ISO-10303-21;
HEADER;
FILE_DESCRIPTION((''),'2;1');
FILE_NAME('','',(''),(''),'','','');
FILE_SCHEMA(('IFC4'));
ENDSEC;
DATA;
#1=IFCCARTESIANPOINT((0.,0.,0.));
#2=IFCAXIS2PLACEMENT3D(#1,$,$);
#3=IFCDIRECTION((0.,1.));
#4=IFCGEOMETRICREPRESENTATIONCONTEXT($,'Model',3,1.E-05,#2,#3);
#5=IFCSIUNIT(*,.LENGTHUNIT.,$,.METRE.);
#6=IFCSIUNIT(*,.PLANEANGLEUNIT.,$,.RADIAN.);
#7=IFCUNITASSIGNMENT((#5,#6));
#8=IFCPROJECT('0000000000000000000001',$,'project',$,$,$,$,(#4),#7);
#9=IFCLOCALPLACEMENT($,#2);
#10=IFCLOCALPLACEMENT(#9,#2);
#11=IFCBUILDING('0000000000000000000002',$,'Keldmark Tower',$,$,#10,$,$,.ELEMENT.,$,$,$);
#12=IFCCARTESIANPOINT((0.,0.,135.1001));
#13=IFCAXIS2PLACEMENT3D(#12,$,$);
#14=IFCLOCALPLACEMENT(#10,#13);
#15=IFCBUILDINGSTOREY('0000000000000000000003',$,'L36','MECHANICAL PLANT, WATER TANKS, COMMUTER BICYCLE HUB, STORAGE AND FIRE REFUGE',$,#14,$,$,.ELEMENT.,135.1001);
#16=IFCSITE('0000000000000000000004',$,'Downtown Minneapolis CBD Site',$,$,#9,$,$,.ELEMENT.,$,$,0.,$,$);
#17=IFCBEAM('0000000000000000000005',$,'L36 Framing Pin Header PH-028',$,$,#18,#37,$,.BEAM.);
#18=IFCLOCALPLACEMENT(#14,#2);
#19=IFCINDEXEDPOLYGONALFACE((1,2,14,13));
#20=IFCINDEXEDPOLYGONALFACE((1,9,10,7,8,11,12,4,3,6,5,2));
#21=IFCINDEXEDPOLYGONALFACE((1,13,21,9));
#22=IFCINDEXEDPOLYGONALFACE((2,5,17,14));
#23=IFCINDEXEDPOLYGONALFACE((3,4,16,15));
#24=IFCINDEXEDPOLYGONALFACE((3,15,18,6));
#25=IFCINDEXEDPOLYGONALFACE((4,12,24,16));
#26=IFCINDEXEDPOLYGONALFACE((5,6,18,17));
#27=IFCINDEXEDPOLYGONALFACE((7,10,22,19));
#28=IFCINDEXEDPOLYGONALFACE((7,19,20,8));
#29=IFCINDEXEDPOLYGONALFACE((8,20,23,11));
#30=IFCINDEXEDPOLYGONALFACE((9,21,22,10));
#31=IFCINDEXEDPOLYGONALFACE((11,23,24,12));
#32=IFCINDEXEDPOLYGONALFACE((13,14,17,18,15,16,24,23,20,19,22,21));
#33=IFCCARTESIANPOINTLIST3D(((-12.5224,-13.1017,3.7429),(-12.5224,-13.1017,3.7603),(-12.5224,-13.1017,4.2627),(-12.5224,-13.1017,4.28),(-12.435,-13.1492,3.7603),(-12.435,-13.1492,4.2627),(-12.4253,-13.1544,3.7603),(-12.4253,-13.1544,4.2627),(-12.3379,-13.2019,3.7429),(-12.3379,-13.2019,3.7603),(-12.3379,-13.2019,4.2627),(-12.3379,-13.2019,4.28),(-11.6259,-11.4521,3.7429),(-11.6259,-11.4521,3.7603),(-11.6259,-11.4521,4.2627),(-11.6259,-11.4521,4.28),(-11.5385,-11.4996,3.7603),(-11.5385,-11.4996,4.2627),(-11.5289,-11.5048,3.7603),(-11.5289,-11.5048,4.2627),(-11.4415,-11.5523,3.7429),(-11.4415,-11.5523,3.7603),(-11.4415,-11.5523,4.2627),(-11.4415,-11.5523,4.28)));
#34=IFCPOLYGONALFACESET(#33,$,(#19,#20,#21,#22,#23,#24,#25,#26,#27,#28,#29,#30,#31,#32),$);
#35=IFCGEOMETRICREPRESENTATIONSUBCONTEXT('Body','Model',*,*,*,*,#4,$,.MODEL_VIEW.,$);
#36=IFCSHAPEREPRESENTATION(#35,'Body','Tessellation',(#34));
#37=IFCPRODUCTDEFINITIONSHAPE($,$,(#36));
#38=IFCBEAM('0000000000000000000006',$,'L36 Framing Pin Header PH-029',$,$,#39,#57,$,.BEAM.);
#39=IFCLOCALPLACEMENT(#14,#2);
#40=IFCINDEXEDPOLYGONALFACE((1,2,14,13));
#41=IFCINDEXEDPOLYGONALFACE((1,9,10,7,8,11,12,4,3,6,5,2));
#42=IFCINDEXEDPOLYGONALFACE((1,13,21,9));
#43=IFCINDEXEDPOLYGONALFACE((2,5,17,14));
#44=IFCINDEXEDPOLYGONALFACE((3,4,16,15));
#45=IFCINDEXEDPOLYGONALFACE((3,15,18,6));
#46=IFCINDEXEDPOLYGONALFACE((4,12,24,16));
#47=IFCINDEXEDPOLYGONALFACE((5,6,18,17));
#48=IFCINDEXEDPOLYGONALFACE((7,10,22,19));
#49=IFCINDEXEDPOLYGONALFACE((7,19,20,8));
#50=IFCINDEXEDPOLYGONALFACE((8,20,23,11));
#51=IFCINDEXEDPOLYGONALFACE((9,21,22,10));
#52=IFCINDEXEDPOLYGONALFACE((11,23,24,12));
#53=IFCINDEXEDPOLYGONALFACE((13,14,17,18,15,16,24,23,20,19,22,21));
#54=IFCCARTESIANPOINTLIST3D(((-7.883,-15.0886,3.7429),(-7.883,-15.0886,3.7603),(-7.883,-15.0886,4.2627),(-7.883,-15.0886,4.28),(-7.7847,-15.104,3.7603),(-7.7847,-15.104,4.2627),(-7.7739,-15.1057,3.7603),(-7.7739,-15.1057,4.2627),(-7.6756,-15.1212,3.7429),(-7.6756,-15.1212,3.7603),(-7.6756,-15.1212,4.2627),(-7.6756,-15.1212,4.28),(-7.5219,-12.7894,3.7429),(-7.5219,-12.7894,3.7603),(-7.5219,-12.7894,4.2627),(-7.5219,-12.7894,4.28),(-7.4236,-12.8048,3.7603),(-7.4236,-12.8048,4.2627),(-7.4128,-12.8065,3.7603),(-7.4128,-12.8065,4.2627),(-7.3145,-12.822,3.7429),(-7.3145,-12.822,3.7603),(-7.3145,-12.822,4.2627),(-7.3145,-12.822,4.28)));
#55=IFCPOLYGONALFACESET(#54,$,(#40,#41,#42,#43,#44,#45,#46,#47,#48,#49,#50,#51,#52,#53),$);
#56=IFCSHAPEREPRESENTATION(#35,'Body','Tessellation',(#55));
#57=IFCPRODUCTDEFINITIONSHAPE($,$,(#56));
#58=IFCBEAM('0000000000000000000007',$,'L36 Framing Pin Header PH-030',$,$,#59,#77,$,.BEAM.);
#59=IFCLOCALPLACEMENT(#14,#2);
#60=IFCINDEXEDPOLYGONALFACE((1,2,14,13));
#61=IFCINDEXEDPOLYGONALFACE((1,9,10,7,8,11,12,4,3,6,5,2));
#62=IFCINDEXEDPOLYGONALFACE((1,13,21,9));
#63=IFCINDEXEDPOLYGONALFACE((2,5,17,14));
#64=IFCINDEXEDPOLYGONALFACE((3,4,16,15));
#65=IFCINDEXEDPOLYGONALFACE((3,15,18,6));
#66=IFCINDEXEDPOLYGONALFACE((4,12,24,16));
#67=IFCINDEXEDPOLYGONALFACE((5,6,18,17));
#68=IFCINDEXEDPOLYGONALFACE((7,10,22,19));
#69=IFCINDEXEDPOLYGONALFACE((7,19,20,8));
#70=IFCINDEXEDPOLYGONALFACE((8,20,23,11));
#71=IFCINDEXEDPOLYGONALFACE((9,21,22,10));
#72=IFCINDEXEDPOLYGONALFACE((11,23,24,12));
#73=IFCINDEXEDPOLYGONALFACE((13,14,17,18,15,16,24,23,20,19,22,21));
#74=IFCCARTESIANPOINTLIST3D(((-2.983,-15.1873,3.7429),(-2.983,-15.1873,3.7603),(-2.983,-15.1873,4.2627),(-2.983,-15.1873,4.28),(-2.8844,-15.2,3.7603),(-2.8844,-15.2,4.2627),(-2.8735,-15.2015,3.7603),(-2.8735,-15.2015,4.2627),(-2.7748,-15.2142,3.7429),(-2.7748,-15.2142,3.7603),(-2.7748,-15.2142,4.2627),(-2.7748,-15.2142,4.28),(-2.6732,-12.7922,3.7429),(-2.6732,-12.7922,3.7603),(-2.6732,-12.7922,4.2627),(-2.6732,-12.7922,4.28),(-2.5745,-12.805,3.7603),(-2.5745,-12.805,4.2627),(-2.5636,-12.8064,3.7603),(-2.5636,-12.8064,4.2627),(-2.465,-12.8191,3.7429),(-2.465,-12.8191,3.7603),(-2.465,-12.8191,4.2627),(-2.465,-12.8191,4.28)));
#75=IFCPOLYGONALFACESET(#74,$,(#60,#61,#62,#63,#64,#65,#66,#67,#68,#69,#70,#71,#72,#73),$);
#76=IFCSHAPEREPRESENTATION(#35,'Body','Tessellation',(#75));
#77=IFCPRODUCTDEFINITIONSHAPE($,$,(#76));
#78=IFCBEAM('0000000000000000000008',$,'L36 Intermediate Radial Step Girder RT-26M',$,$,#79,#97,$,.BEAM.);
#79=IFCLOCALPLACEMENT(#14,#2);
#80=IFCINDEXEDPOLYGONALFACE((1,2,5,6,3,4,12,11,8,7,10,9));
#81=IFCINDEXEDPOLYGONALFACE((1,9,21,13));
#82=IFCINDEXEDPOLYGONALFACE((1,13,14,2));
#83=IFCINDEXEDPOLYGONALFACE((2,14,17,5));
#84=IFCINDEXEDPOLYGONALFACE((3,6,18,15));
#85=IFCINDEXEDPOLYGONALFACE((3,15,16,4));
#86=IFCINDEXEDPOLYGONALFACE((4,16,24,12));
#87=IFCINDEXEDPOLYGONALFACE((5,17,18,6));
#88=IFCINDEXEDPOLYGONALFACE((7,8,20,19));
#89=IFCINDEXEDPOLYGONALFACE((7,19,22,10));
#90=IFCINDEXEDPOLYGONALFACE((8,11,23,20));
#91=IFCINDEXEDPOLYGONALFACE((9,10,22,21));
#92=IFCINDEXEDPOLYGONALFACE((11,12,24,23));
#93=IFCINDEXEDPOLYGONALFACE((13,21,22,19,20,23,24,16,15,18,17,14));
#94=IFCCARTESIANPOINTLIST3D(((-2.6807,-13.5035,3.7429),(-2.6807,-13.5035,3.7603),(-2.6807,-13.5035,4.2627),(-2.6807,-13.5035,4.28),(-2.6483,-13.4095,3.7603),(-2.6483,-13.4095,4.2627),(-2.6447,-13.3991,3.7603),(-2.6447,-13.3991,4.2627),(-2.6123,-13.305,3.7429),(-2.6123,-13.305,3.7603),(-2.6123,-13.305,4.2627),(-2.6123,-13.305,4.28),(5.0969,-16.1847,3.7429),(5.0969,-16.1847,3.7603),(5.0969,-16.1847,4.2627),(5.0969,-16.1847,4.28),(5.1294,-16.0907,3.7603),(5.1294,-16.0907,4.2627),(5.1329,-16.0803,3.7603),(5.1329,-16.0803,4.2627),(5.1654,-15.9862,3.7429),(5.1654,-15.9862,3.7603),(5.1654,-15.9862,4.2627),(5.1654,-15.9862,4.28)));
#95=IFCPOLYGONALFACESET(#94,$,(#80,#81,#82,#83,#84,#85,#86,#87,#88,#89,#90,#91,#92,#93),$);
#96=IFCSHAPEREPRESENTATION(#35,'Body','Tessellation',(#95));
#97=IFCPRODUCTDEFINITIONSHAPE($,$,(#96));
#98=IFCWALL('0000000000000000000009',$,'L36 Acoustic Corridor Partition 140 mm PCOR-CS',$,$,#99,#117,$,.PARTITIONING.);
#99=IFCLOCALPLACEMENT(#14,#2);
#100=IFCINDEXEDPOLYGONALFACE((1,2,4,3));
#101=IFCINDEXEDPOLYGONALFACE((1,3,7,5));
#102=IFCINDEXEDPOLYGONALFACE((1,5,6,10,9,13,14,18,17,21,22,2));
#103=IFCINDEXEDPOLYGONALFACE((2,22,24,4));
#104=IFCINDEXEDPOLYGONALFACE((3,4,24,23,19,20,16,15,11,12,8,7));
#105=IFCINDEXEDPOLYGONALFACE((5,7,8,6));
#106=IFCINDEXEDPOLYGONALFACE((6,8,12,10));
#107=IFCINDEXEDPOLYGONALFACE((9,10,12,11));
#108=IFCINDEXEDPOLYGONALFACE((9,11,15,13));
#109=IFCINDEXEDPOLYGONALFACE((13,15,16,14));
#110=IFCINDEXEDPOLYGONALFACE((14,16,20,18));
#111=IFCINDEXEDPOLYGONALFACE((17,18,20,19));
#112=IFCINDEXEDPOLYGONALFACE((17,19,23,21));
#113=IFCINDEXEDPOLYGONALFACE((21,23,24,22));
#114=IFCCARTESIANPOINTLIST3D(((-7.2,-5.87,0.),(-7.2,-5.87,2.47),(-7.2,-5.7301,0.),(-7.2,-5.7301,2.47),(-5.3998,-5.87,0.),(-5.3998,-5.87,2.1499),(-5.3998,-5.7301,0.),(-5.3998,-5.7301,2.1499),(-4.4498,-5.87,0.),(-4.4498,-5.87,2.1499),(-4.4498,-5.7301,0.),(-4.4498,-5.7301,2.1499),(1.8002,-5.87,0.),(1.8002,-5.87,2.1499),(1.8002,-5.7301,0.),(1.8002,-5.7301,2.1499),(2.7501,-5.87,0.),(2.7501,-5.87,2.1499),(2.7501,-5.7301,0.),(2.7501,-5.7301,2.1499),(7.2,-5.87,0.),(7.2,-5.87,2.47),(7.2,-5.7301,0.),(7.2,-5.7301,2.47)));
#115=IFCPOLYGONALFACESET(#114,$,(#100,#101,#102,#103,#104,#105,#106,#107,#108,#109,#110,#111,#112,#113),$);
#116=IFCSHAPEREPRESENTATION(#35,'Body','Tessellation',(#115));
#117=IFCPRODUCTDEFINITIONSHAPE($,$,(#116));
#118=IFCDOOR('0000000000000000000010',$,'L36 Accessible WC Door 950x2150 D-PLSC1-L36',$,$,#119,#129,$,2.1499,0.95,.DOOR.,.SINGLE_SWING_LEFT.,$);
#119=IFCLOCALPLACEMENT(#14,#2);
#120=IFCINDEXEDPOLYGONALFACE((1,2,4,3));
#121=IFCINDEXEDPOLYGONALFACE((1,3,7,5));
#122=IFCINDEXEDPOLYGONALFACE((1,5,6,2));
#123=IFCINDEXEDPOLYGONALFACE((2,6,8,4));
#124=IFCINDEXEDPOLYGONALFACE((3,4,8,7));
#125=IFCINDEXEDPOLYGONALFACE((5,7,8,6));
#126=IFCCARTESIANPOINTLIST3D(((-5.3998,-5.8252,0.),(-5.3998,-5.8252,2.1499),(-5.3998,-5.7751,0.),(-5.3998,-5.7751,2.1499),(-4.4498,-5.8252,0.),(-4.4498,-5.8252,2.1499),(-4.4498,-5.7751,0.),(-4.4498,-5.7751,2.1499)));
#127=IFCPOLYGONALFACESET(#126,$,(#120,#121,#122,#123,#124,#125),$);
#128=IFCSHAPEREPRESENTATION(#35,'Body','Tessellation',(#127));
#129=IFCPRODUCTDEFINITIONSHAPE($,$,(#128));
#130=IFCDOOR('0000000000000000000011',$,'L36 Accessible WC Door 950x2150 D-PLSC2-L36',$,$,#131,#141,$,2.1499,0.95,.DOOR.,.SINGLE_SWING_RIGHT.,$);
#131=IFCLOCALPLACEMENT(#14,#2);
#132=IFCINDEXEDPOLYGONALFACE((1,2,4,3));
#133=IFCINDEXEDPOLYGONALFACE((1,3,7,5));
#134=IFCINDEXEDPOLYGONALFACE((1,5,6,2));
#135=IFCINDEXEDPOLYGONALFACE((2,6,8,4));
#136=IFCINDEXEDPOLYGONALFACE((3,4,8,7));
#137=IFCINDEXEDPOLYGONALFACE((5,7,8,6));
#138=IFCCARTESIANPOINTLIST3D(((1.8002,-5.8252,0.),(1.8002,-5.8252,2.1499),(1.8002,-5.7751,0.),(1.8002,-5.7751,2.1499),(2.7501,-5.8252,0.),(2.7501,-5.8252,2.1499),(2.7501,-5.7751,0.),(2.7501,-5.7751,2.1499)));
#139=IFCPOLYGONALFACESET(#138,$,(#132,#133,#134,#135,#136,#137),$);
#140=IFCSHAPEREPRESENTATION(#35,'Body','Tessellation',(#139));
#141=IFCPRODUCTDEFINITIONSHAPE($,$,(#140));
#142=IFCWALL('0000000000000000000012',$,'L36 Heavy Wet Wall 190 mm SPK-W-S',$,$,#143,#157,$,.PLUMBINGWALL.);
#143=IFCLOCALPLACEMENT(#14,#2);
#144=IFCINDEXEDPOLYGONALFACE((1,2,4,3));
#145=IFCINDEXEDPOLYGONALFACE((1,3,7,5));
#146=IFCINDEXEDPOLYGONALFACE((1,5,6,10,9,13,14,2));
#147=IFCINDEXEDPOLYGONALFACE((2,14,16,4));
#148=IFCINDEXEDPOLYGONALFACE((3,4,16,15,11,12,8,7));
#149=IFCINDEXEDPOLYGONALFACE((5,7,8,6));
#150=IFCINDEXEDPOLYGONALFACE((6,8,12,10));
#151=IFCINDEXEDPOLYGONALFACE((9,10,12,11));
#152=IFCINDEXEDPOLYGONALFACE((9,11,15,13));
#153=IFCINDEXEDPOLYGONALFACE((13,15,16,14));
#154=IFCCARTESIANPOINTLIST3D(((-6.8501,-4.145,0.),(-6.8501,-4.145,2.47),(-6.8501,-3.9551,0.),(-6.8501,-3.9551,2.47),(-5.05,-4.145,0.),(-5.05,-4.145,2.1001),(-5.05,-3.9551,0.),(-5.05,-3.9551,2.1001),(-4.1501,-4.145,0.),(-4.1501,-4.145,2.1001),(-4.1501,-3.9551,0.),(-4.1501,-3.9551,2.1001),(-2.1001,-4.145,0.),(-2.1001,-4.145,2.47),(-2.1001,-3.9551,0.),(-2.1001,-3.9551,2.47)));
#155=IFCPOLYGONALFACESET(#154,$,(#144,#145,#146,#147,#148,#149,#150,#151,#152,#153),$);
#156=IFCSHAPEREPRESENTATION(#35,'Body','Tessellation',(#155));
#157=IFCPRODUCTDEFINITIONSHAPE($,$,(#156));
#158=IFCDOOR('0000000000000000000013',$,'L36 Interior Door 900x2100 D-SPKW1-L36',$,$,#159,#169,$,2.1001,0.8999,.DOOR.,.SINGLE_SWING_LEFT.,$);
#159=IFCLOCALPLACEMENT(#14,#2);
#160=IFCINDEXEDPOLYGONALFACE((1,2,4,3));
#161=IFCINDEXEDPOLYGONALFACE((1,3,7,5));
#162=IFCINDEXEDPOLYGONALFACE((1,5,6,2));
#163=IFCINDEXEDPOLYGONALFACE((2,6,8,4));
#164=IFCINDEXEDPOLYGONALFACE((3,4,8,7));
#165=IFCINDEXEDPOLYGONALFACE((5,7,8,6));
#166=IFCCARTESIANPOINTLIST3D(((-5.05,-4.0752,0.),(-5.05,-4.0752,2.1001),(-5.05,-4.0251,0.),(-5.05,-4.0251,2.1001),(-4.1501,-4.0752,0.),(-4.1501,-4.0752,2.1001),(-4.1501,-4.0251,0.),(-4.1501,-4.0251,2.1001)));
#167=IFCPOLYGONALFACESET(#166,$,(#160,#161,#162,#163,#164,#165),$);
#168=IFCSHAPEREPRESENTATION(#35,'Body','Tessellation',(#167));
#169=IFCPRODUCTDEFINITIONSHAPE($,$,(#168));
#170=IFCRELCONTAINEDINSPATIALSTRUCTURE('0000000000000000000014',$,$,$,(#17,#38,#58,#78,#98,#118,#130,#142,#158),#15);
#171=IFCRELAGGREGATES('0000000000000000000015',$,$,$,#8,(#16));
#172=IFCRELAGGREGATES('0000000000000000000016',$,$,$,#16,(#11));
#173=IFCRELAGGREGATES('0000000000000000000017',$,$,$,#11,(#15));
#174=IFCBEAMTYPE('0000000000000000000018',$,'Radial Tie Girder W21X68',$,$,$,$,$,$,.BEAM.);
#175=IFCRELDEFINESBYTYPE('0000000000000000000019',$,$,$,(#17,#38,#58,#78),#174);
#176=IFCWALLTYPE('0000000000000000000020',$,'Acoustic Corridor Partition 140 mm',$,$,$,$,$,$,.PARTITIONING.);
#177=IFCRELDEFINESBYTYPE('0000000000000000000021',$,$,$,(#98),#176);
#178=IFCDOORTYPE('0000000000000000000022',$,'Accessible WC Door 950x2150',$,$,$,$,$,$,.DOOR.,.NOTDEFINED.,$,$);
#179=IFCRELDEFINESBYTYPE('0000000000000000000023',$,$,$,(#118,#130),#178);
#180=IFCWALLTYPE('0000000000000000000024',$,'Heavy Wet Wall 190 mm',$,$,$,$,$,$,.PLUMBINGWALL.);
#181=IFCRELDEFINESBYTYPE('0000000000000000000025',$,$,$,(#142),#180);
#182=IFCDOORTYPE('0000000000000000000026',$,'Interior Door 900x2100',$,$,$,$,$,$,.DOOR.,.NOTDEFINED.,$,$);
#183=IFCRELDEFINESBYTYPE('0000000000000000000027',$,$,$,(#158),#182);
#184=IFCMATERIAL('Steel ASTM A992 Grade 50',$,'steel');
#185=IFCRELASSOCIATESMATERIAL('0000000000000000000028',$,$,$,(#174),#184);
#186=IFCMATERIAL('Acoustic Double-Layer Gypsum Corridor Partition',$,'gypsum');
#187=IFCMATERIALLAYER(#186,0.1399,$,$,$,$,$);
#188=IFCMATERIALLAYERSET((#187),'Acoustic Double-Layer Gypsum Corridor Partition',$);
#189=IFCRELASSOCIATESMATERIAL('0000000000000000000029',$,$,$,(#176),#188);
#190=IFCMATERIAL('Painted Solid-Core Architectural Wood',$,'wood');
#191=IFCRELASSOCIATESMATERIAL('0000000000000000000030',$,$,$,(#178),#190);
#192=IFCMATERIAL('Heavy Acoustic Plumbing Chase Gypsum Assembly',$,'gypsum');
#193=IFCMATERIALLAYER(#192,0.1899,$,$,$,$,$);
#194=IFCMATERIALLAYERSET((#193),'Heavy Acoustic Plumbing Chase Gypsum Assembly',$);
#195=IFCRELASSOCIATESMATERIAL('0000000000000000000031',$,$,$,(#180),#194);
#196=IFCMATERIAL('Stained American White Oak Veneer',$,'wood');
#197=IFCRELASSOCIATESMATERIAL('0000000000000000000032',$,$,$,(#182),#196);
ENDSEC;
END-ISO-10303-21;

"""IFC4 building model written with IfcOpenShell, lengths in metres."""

from ifc_helpers import new_model, si_unit, direction, frame, frame_2d, origin, origin_2d, place, context, subcontext, project, spatial, rectangle, i_section, extrude, material, layer, layer_set, material_profile, profile_set, type_object, element, fill, save


model = new_model("IFC4")

# Units and contexts
model_context = context("Model", 3, precision=1e-05, world=origin(), true_north=direction((0.0, 1.0)))
body_context = subcontext(model_context, "Body", "Model", "MODEL_VIEW")
ifc_project = project(units=[si_unit("LENGTHUNIT", "METRE"), si_unit("PLANEANGLEUNIT", "RADIAN")], contexts=[model_context])

# Site, building, storey
site_placement = place(None, origin())
site = spatial("IfcSite", under=ifc_project, at=site_placement, Name="Downtown Minneapolis CBD Site", CompositionType="ELEMENT", RefElevation=0.0)
building_placement = place(site_placement, origin())
building = spatial("IfcBuilding", under=site, at=building_placement, Name="Keldmark Tower", CompositionType="ELEMENT")
storey_placement = place(building_placement, frame((0.0, 0.0, 135.1001)))
storey = spatial("IfcBuildingStorey", under=building, at=storey_placement, Name="L36", Description="MECHANICAL PLANT, WATER TANKS, COMMUTER BICYCLE HUB, STORAGE AND FIRE REFUGE", CompositionType="ELEMENT", Elevation=135.1001)

# Beams
ifc_material_1 = material(Name="Steel ASTM A992 Grade 50", Category="steel")
ifc_material_profile_1 = material_profile(ifc_material_1, i_section(OverallWidth=0.21, OverallDepth=0.5371, WebThickness=0.011, FlangeThickness=0.0173, at=origin_2d()), Name="W21X68")
ifc_profile_set_1 = profile_set([ifc_material_profile_1], Name="Steel ASTM A992 Grade 50")
beam_type_1 = type_object("IfcBeamType", Name="Radial Tie Girder W21X68", PredefinedType="BEAM", material=ifc_profile_set_1)
beam_1_placement = place(storey_placement, frame((-11.5337, -11.5022, 4.0115), z_axis=(-0.477485, -0.87864, 0.0), x_axis=(0.87864, -0.477485, 0.0)))
element("IfcBeam", 1, at=beam_1_placement, inside=storey, type_object=beam_type_1, Name="L36 Framing Pin Header PH-028", PredefinedType="BEAM", context=body_context, shape_type="SweptSolid", body=[
    extrude(i_section(OverallWidth=0.21, OverallDepth=0.5371, WebThickness=0.011, FlangeThickness=0.0173, at=origin_2d()), origin(), (0.0, 0.0, 1.0), 1.8774),
])
beam_2_placement = place(storey_placement, frame((-7.4182, -12.8057, 4.0115), z_axis=(-0.155138, -0.987893, 0.0), x_axis=(0.987893, -0.155138, 0.0)))
element("IfcBeam", 2, at=beam_2_placement, inside=storey, type_object=beam_type_1, Name="L36 Framing Pin Header PH-029", PredefinedType="BEAM", context=body_context, shape_type="SweptSolid", body=[
    extrude(i_section(OverallWidth=0.21, OverallDepth=0.5371, WebThickness=0.011, FlangeThickness=0.0173, at=origin_2d()), origin(), (0.0, 0.0, 1.0), 2.3274),
])
beam_3_placement = place(storey_placement, frame((-2.5691, -12.8057, 4.0115), z_axis=(-0.128289, -0.991737, 0.0), x_axis=(0.991737, -0.128289, 0.0)))
element("IfcBeam", 3, at=beam_3_placement, inside=storey, type_object=beam_type_1, Name="L36 Framing Pin Header PH-030", PredefinedType="BEAM", context=body_context, shape_type="SweptSolid", body=[
    extrude(i_section(OverallWidth=0.21, OverallDepth=0.5371, WebThickness=0.011, FlangeThickness=0.0173, at=origin_2d()), origin(), (0.0, 0.0, 1.0), 2.415),
])
beam_4_placement = place(storey_placement, frame((-2.6465, -13.4043, 4.0115), z_axis=(0.945402, -0.325907, 0.0), x_axis=(0.325907, 0.945402, 0.0)))
element("IfcBeam", 4, at=beam_4_placement, inside=storey, type_object=beam_type_1, Name="L36 Intermediate Radial Step Girder RT-26M", PredefinedType="BEAM", context=body_context, shape_type="SweptSolid", body=[
    extrude(i_section(OverallWidth=0.21, OverallDepth=0.5371, WebThickness=0.011, FlangeThickness=0.0173, at=origin_2d()), origin(), (0.0, 0.0, 1.0), 8.2268),
])

# Wall, openings, doors
ifc_material_2 = material(Name="Acoustic Double-Layer Gypsum Corridor Partition", Category="gypsum")
ifc_layer_1 = layer(ifc_material_2, 0.1399)
ifc_layer_set_1 = layer_set([ifc_layer_1], Name="Acoustic Double-Layer Gypsum Corridor Partition")
wall_type_1 = type_object("IfcWallType", Name="Acoustic Corridor Partition 140 mm", PredefinedType="PARTITIONING", material=ifc_layer_set_1)
wall_1_placement = place(storey_placement, frame((-7.2, -5.8, 0.0), z_axis=(0.0, 0.0, 1.0), x_axis=(1.0, 0.0, 0.0)))
wall_1 = element("IfcWall", 5, at=wall_1_placement, inside=storey, type_object=wall_type_1, Name="L36 Acoustic Corridor Partition 140 mm PCOR-CS", PredefinedType="PARTITIONING", context=body_context, shape_type="SweptSolid", body=[
    extrude(rectangle(XDim=14.3999, YDim=0.1399, at=frame_2d((7.2, 0.0))), origin(), (0.0, 0.0, 1.0), 2.47),
])
opening_1_placement = place(wall_1_placement, frame((1.8, 0.0, 0.0)))
opening_1 = element("IfcOpeningElement", 6, at=opening_1_placement, cuts=wall_1, PredefinedType="OPENING", context=body_context, shape_type="SweptSolid", body=[
    extrude(rectangle(XDim=0.95, YDim=2.1499, at=frame_2d((0.4751, 1.075))), frame((0.0, 0.0798, 0.0), z_axis=(0.0, -1.0, 0.0), x_axis=(1.0, 0.0, 0.0)), (0.0, 0.0, 1.0), 0.1599),
])
opening_2_placement = place(wall_1_placement, frame((9.0, 0.0, 0.0)))
opening_2 = element("IfcOpeningElement", 7, at=opening_2_placement, cuts=wall_1, PredefinedType="OPENING", context=body_context, shape_type="SweptSolid", body=[
    extrude(rectangle(XDim=0.95, YDim=2.1499, at=frame_2d((0.4751, 1.075))), frame((0.0, 0.0798, 0.0), z_axis=(0.0, -1.0, 0.0), x_axis=(1.0, 0.0, 0.0)), (0.0, 0.0, 1.0), 0.1599),
])
ifc_material_3 = material(Name="Painted Solid-Core Architectural Wood", Category="wood")
door_type_1 = type_object("IfcDoorType", Name="Accessible WC Door 950x2150", OperationType="NOTDEFINED", PredefinedType="DOOR", material=ifc_material_3)
door_1_placement = place(opening_1_placement, origin())
door_1 = element("IfcDoor", 8, at=door_1_placement, inside=storey, type_object=door_type_1, Name="L36 Accessible WC Door 950x2150 D-PLSC1-L36", OperationType="SINGLE_SWING_LEFT", OverallHeight=2.1499, OverallWidth=0.95, PredefinedType="DOOR", context=body_context, shape_type="SweptSolid", body=[
    extrude(rectangle(XDim=0.95, YDim=2.1499, at=frame_2d((0.4751, 1.075))), frame((0.0, 0.0249, 0.0), z_axis=(0.0, -1.0, 0.0), x_axis=(1.0, 0.0, 0.0)), (0.0, 0.0, 1.0), 0.05),
])
fill(opening_1, door_1)
door_2_placement = place(opening_2_placement, origin())
door_2 = element("IfcDoor", 9, at=door_2_placement, inside=storey, type_object=door_type_1, Name="L36 Accessible WC Door 950x2150 D-PLSC2-L36", OperationType="SINGLE_SWING_RIGHT", OverallHeight=2.1499, OverallWidth=0.95, PredefinedType="DOOR", context=body_context, shape_type="SweptSolid", body=[
    extrude(rectangle(XDim=0.95, YDim=2.1499, at=frame_2d((0.4751, 1.075))), frame((0.0, 0.0249, 0.0), z_axis=(0.0, -1.0, 0.0), x_axis=(1.0, 0.0, 0.0)), (0.0, 0.0, 1.0), 0.05),
])
fill(opening_2, door_2)

# Wall, opening, door
ifc_material_4 = material(Name="Heavy Acoustic Plumbing Chase Gypsum Assembly", Category="gypsum")
ifc_layer_2 = layer(ifc_material_4, 0.1899)
ifc_layer_set_2 = layer_set([ifc_layer_2], Name="Heavy Acoustic Plumbing Chase Gypsum Assembly")
wall_type_2 = type_object("IfcWallType", Name="Heavy Wet Wall 190 mm", PredefinedType="PLUMBINGWALL", material=ifc_layer_set_2)
wall_2_placement = place(storey_placement, frame((-6.8501, -4.05, 0.0), z_axis=(0.0, 0.0, 1.0), x_axis=(1.0, 0.0, 0.0)))
wall_2 = element("IfcWall", 10, at=wall_2_placement, inside=storey, type_object=wall_type_2, Name="L36 Heavy Wet Wall 190 mm SPK-W-S", PredefinedType="PLUMBINGWALL", context=body_context, shape_type="SweptSolid", body=[
    extrude(rectangle(XDim=4.75, YDim=0.1899, at=frame_2d((2.375, 0.0))), origin(), (0.0, 0.0, 1.0), 2.47),
])
opening_3_placement = place(wall_2_placement, frame((1.8, 0.0, 0.0)))
opening_3 = element("IfcOpeningElement", 11, at=opening_3_placement, cuts=wall_2, PredefinedType="OPENING", context=body_context, shape_type="SweptSolid", body=[
    extrude(rectangle(XDim=0.8999, YDim=2.1001, at=frame_2d((0.45, 1.05))), frame((0.0, 0.105, 0.0), z_axis=(0.0, -1.0, 0.0), x_axis=(1.0, 0.0, 0.0)), (0.0, 0.0, 1.0), 0.21),
])
ifc_material_5 = material(Name="Stained American White Oak Veneer", Category="wood")
door_type_2 = type_object("IfcDoorType", Name="Interior Door 900x2100", OperationType="NOTDEFINED", PredefinedType="DOOR", material=ifc_material_5)
door_3_placement = place(opening_3_placement, origin())
door_3 = element("IfcDoor", 12, at=door_3_placement, inside=storey, type_object=door_type_2, Name="L36 Interior Door 900x2100 D-SPKW1-L36", OperationType="SINGLE_SWING_LEFT", OverallHeight=2.1001, OverallWidth=0.8999, PredefinedType="DOOR", context=body_context, shape_type="SweptSolid", body=[
    extrude(rectangle(XDim=0.8999, YDim=2.1001, at=frame_2d((0.45, 1.05))), frame((0.0, 0.0249, 0.0), z_axis=(0.0, -1.0, 0.0), x_axis=(1.0, 0.0, 0.0)), (0.0, 0.0, 1.0), 0.05),
])
fill(opening_3, door_3)

save(model, "model.ifc")
